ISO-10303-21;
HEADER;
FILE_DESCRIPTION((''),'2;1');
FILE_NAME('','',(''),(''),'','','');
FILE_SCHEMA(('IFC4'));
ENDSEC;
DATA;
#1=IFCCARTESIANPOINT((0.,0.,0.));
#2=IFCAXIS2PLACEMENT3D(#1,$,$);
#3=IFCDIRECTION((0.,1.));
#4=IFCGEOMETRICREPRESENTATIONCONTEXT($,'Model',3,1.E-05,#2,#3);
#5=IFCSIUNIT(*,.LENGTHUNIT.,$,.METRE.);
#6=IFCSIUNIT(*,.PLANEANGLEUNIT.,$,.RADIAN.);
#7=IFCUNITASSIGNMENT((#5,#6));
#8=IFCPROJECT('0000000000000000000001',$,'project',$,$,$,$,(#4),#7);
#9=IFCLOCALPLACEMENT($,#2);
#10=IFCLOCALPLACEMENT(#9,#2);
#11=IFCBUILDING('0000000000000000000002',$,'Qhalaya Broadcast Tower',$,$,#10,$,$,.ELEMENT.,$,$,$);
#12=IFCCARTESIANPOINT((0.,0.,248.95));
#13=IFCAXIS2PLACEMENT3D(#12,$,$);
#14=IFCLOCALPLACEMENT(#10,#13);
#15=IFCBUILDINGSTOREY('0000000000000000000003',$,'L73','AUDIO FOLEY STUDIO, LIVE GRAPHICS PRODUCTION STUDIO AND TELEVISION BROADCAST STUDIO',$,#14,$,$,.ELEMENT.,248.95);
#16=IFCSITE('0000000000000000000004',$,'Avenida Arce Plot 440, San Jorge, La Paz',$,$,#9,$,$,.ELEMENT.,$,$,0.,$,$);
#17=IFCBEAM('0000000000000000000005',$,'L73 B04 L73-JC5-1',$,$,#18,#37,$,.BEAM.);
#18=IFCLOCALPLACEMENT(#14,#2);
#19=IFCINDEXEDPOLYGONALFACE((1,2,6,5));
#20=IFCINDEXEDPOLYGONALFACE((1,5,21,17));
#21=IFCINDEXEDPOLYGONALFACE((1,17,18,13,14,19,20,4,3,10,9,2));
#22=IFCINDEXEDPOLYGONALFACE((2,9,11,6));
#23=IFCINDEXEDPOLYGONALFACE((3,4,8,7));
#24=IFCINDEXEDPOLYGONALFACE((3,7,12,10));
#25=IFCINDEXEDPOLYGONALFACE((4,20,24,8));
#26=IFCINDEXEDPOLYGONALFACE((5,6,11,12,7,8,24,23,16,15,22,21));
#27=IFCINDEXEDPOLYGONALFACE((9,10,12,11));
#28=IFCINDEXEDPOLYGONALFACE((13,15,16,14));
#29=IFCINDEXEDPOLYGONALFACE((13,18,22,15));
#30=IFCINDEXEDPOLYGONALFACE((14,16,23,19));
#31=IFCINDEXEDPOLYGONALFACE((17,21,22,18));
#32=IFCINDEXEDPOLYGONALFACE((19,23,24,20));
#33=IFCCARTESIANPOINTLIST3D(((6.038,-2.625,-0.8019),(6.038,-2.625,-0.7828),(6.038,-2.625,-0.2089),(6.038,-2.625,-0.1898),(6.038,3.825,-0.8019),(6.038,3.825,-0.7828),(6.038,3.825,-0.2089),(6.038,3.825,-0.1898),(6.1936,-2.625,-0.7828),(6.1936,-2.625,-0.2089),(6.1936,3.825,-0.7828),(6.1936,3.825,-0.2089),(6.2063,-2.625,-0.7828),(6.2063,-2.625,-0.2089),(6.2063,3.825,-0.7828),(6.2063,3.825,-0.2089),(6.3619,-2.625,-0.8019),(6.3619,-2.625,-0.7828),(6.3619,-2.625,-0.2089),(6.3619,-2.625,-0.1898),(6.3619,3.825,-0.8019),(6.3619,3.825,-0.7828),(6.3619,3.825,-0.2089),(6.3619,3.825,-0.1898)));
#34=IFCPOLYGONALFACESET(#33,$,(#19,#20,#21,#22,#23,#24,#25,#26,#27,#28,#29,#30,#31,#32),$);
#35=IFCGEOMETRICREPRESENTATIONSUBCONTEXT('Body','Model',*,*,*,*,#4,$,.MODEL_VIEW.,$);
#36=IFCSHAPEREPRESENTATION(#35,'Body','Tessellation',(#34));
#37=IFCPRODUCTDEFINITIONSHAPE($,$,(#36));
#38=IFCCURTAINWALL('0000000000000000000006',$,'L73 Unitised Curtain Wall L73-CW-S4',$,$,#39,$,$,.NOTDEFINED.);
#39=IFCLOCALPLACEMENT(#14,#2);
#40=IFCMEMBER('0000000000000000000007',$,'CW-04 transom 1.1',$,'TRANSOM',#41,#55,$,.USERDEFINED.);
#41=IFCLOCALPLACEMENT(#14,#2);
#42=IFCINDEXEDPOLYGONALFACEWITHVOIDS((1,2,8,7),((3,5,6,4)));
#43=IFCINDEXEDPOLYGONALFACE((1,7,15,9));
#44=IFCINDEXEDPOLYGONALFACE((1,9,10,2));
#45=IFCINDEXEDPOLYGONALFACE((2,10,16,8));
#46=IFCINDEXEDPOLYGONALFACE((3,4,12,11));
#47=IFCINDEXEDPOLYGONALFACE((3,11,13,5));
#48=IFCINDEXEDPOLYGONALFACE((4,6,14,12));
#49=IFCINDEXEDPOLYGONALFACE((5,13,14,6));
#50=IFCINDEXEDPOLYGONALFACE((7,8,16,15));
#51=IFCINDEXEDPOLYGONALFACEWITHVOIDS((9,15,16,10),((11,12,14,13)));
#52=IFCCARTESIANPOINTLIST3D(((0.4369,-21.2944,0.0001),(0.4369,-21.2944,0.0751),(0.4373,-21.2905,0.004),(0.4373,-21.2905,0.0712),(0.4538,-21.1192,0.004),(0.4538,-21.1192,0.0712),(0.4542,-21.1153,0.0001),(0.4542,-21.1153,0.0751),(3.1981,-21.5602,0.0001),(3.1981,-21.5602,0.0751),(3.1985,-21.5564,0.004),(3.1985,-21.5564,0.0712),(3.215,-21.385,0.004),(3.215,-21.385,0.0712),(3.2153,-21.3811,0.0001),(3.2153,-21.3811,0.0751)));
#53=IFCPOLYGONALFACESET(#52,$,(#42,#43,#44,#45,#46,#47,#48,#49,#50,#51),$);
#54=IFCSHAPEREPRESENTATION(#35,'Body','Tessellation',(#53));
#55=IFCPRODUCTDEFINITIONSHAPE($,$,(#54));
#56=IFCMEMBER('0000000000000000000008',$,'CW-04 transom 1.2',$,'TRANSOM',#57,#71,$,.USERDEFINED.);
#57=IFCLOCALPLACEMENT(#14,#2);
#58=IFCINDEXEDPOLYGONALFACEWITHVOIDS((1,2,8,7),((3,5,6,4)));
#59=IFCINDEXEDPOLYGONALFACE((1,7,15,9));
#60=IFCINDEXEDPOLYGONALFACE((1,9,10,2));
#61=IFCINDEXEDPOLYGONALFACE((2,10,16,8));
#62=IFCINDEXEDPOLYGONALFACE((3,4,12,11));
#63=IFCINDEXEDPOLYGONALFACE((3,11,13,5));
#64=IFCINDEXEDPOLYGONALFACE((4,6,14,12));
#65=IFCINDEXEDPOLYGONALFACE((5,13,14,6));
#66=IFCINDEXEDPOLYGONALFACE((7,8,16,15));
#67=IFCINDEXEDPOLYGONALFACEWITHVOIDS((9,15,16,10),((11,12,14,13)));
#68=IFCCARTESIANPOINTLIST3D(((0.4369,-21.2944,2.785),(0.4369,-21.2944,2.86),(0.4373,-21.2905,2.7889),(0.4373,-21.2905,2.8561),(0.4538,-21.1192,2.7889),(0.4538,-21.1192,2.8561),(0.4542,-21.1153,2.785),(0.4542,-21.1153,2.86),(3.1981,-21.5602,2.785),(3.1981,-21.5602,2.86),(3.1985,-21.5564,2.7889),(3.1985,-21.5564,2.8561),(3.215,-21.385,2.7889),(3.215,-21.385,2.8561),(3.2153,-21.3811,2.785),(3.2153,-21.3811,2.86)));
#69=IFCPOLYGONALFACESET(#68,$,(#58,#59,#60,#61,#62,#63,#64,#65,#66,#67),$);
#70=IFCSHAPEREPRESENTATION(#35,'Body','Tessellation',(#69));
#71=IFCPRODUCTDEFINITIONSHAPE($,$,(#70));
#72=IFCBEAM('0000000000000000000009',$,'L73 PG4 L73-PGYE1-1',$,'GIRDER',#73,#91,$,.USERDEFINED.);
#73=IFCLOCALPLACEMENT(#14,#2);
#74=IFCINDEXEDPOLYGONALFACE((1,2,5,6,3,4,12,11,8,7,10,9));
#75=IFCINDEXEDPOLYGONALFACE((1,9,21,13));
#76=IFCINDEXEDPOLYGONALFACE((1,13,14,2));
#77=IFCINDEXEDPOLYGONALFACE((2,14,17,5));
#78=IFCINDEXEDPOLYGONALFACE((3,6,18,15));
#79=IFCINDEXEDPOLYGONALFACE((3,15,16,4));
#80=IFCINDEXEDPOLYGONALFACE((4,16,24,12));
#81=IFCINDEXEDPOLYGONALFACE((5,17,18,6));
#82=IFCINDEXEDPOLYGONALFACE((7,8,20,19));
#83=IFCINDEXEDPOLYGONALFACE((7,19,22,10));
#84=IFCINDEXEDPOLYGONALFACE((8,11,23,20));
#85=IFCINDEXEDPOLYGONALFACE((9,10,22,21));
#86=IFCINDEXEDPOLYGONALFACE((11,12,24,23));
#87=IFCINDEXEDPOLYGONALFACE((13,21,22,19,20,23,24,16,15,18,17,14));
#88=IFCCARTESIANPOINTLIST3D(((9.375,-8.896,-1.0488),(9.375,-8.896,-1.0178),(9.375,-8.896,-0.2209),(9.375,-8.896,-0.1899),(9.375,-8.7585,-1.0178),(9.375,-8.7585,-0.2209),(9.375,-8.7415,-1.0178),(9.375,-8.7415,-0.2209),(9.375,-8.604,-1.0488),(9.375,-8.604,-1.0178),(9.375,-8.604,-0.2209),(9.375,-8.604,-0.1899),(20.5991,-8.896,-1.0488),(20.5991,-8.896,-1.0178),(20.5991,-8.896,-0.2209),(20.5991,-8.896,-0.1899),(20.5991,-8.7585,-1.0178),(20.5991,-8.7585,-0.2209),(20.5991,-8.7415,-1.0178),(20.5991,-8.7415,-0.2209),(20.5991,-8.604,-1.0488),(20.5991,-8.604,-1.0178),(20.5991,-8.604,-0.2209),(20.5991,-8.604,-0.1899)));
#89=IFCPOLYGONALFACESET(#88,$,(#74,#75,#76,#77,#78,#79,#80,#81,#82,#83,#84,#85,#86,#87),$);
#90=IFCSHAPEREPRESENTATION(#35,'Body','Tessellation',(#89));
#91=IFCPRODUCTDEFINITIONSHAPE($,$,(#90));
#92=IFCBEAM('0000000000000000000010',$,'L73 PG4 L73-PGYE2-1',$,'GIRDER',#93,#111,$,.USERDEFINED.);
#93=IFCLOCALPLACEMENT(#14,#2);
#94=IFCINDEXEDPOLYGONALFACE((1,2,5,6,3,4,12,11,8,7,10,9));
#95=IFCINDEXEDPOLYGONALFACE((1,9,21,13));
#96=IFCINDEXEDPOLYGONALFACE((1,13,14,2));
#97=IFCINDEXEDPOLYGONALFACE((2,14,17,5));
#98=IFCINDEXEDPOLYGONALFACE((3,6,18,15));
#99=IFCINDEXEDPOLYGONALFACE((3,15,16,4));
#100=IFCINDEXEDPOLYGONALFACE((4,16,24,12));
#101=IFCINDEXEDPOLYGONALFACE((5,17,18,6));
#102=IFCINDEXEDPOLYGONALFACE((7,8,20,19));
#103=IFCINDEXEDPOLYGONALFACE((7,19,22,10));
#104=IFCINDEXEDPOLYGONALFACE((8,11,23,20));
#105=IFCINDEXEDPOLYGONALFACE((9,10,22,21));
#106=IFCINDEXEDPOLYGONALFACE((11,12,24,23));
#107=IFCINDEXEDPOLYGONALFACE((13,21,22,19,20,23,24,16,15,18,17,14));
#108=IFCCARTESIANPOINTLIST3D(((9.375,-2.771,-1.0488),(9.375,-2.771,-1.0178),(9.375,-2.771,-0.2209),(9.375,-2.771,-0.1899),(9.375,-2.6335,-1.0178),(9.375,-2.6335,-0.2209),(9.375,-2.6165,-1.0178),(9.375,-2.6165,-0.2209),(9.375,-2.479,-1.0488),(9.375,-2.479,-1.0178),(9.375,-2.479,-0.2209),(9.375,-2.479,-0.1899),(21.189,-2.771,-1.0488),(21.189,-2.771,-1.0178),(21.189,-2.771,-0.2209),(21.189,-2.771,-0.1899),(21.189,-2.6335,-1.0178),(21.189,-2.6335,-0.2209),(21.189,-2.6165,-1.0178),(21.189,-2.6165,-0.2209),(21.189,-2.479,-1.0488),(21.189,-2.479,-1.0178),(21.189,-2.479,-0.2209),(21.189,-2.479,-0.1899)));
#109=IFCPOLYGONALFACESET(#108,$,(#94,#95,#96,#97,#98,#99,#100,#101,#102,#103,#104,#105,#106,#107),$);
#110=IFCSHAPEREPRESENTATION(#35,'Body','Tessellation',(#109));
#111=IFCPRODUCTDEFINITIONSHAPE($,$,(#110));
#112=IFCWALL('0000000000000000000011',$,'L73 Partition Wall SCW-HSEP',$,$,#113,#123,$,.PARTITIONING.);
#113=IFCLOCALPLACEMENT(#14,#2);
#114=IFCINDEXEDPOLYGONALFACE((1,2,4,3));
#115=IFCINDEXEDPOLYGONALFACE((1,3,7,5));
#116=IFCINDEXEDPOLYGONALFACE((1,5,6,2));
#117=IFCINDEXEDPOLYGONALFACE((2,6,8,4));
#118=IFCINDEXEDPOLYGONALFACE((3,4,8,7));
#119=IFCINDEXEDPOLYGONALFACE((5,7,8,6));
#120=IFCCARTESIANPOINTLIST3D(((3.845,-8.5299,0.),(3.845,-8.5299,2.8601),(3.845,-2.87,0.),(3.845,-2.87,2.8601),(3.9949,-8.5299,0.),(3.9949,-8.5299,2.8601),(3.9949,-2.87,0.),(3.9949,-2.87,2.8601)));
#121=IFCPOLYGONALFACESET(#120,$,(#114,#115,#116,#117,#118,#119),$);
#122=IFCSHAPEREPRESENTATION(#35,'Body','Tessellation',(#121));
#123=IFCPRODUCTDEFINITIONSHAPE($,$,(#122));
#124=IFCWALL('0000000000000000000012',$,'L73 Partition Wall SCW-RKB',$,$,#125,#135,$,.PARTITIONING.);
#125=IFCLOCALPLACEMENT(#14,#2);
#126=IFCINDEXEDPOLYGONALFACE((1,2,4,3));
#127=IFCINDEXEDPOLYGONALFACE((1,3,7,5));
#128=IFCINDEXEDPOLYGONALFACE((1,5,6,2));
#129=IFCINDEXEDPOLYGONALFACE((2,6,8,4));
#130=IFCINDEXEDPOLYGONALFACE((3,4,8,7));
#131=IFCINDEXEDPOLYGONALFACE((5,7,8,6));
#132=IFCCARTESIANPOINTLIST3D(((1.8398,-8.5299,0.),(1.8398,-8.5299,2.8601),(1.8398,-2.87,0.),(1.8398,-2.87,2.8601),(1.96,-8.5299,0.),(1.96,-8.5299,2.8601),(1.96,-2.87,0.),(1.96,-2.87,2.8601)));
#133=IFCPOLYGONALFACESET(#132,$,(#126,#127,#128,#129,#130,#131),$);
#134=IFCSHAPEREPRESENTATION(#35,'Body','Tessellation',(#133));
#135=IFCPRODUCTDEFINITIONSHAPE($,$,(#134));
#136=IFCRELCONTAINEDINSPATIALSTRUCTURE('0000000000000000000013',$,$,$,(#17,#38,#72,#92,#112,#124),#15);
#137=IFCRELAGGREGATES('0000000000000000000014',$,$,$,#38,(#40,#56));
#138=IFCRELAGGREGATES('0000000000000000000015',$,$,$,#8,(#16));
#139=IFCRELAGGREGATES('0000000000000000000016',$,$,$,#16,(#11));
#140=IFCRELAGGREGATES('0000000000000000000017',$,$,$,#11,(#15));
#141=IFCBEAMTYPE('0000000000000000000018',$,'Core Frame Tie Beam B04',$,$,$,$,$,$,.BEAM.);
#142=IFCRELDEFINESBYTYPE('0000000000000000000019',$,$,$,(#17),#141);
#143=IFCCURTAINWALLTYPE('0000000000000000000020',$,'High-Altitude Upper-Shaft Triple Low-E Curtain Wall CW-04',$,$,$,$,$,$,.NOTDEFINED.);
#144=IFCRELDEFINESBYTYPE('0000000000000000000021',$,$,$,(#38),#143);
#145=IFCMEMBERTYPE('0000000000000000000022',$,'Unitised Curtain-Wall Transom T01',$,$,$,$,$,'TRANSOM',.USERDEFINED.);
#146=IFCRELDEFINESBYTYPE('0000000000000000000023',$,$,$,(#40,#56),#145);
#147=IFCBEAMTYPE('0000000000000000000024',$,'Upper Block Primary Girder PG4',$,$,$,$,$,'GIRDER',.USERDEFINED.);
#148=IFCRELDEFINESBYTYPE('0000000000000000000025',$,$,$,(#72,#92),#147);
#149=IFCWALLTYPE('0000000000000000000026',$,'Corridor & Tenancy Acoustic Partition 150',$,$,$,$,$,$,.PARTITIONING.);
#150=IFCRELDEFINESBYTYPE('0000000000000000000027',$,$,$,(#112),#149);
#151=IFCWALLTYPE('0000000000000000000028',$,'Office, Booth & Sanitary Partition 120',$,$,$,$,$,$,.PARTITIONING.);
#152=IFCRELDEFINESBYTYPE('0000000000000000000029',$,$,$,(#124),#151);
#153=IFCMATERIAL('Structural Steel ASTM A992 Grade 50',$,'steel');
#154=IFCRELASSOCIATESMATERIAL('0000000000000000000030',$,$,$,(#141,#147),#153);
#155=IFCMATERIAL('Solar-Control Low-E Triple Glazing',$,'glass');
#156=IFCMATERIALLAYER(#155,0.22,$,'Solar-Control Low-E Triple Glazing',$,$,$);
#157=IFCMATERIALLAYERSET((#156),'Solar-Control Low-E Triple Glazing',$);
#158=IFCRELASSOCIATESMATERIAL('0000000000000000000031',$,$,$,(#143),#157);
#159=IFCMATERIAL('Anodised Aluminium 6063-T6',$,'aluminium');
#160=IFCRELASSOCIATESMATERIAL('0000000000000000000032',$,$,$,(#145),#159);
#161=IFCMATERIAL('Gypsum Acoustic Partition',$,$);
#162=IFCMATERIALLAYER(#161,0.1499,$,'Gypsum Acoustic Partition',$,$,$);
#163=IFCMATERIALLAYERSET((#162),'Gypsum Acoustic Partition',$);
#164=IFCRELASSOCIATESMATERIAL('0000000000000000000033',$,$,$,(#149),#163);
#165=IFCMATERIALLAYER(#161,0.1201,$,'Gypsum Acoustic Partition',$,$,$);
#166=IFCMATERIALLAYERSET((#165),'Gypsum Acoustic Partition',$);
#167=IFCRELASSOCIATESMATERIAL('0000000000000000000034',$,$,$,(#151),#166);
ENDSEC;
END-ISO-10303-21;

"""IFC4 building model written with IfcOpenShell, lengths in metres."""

from ifc_helpers import new_model, si_unit, direction, frame, frame_2d, origin, origin_2d, place, context, subcontext, project, spatial, rectangle, hollow_rectangle, i_section, extrude, material, layer, layer_set, material_profile, profile_set, type_object, element, aggregate, save


model = new_model("IFC4")

# Units and contexts
model_context = context("Model", 3, precision=1e-05, world=origin(), true_north=direction((0.0, 1.0)))
body_context = subcontext(model_context, "Body", "Model", "MODEL_VIEW")
ifc_project = project(units=[si_unit("LENGTHUNIT", "METRE"), si_unit("PLANEANGLEUNIT", "RADIAN")], contexts=[model_context])

# Site, building, storey
site_placement = place(None, origin())
site = spatial("IfcSite", under=ifc_project, at=site_placement, Name="Avenida Arce Plot 440, San Jorge, La Paz", CompositionType="ELEMENT", RefElevation=0.0)
building_placement = place(site_placement, origin())
building = spatial("IfcBuilding", under=site, at=building_placement, Name="Qhalaya Broadcast Tower", CompositionType="ELEMENT")
storey_placement = place(building_placement, frame((0.0, 0.0, 248.95)))
storey = spatial("IfcBuildingStorey", under=building, at=storey_placement, Name="L73", Description="AUDIO FOLEY STUDIO, LIVE GRAPHICS PRODUCTION STUDIO AND TELEVISION BROADCAST STUDIO", CompositionType="ELEMENT", Elevation=248.95)

# Beam
ifc_material_1 = material(Name="Structural Steel ASTM A992 Grade 50", Category="steel")
ifc_material_profile_1 = material_profile(ifc_material_1, i_section(OverallWidth=0.324, OverallDepth=0.6121, WebThickness=0.0127, FlangeThickness=0.019, at=origin_2d()), Name="W24X104")
ifc_profile_set_1 = profile_set([ifc_material_profile_1], Name="Structural Steel ASTM A992 Grade 50")
beam_type_1 = type_object("IfcBeamType", Name="Core Frame Tie Beam B04", PredefinedType="BEAM", material=ifc_profile_set_1)
for number, where, z_axis, x_axis, name in (
    (1, (6.2, -2.625, -0.4958), (0.0, 1.0, 0.0), (-1.0, 0.0, 0.0), "L73 B04 L73-JC5-1"),
):
    element("IfcBeam", number, at=place(storey_placement, frame(where, z_axis=z_axis, x_axis=x_axis)), inside=storey, type_object=beam_type_1, Name=name, PredefinedType="BEAM", context=body_context, shape_type="SweptSolid", body=[
        extrude(i_section(OverallWidth=0.324, OverallDepth=0.6121, WebThickness=0.0127, FlangeThickness=0.019, at=origin_2d()), origin(), (0.0, 0.0, 1.0), 6.45),
    ])

# Curtain wall, members
ifc_material_2 = material(Name="Solar-Control Low-E Triple Glazing", Category="glass")
ifc_layer_1 = layer(ifc_material_2, 0.22, Name="Solar-Control Low-E Triple Glazing")
ifc_layer_set_1 = layer_set([ifc_layer_1], Name="Solar-Control Low-E Triple Glazing")
curtain_wall_type = type_object("IfcCurtainWallType", Name="High-Altitude Upper-Shaft Triple Low-E Curtain Wall CW-04", PredefinedType="NOTDEFINED", material=ifc_layer_set_1)
curtain_wall_placement = place(storey_placement, origin())
curtain_wall = element("IfcCurtainWall", 2, at=curtain_wall_placement, inside=storey, type_object=curtain_wall_type, Name="L73 Unitised Curtain Wall L73-CW-S4", PredefinedType="NOTDEFINED")
ifc_material_3 = material(Name="Anodised Aluminium 6063-T6", Category="aluminium")
ifc_material_profile_2 = material_profile(ifc_material_3, hollow_rectangle(XDim=0.075, YDim=0.1799, WallThickness=0.0039, at=origin_2d()), Name="ALU-TRN 75x180x4")
ifc_profile_set_2 = profile_set([ifc_material_profile_2], Name="Anodised Aluminium 6063-T6")
member_type = type_object("IfcMemberType", Name="Unitised Curtain-Wall Transom T01", ElementType="TRANSOM", PredefinedType="USERDEFINED", material=ifc_profile_set_2)
member_1_placement = place(storey_placement, frame((0.4456, -21.2048, 0.0376), z_axis=(0.995396, -0.095843, 0.0), x_axis=(0.0, 0.0, 1.0)))
member_1 = element("IfcMember", 3, at=member_1_placement, type_object=member_type, Name="CW-04 transom 1.1", ObjectType="TRANSOM", PredefinedType="USERDEFINED", context=body_context, shape_type="SweptSolid", body=[
    extrude(hollow_rectangle(XDim=0.075, YDim=0.1799, WallThickness=0.0039, at=origin_2d()), origin(), (0.0, 0.0, 1.0), 2.7739),
])
member_2_placement = place(storey_placement, frame((0.4456, -21.2048, 2.8225), z_axis=(0.995396, -0.095843, 0.0), x_axis=(0.0, 0.0, 1.0)))
member_2 = element("IfcMember", 4, at=member_2_placement, type_object=member_type, Name="CW-04 transom 1.2", ObjectType="TRANSOM", PredefinedType="USERDEFINED", context=body_context, shape_type="SweptSolid", body=[
    extrude(hollow_rectangle(XDim=0.075, YDim=0.1799, WallThickness=0.0039, at=origin_2d()), origin(), (0.0, 0.0, 1.0), 2.7739),
])
aggregate(curtain_wall, [member_1, member_2])

# Beams
ifc_material_profile_3 = material_profile(ifc_material_1, i_section(OverallWidth=0.292, OverallDepth=0.8589, WebThickness=0.0171, FlangeThickness=0.031, at=origin_2d()), Name="W33X169")
ifc_profile_set_3 = profile_set([ifc_material_profile_3], Name="Structural Steel ASTM A992 Grade 50")
beam_type_2 = type_object("IfcBeamType", Name="Upper Block Primary Girder PG4", ElementType="GIRDER", PredefinedType="USERDEFINED", material=ifc_profile_set_3)
beam_1_placement = place(storey_placement, frame((9.375, -8.75, -0.6194), z_axis=(1.0, 0.0, 0.0), x_axis=(0.0, 1.0, 0.0)))
element("IfcBeam", 5, at=beam_1_placement, inside=storey, type_object=beam_type_2, Name="L73 PG4 L73-PGYE1-1", ObjectType="GIRDER", PredefinedType="USERDEFINED", context=body_context, shape_type="SweptSolid", body=[
    extrude(i_section(OverallWidth=0.292, OverallDepth=0.8589, WebThickness=0.0171, FlangeThickness=0.031, at=origin_2d()), origin(), (0.0, 0.0, 1.0), 11.2241),
])
beam_2_placement = place(storey_placement, frame((9.375, -2.625, -0.6194), z_axis=(1.0, 0.0, 0.0), x_axis=(0.0, 1.0, 0.0)))
element("IfcBeam", 6, at=beam_2_placement, inside=storey, type_object=beam_type_2, Name="L73 PG4 L73-PGYE2-1", ObjectType="GIRDER", PredefinedType="USERDEFINED", context=body_context, shape_type="SweptSolid", body=[
    extrude(i_section(OverallWidth=0.292, OverallDepth=0.8589, WebThickness=0.0171, FlangeThickness=0.031, at=origin_2d()), origin(), (0.0, 0.0, 1.0), 11.814),
])

# Walls
ifc_material_4 = material(Name="Gypsum Acoustic Partition")
ifc_layer_2 = layer(ifc_material_4, 0.1499, Name="Gypsum Acoustic Partition")
ifc_layer_set_2 = layer_set([ifc_layer_2], Name="Gypsum Acoustic Partition")
wall_type_1 = type_object("IfcWallType", Name="Corridor & Tenancy Acoustic Partition 150", PredefinedType="PARTITIONING", material=ifc_layer_set_2)
wall_1_placement = place(storey_placement, frame((3.9199, -8.53, 0.0), z_axis=(0.0, 0.0, 1.0), x_axis=(0.0, 1.0, 0.0)))
element("IfcWall", 7, at=wall_1_placement, inside=storey, type_object=wall_type_1, Name="L73 Partition Wall SCW-HSEP", PredefinedType="PARTITIONING", context=body_context, shape_type="SweptSolid", body=[
    extrude(rectangle(XDim=5.6599, YDim=0.1499, at=frame_2d((2.8301, 0.0))), origin(), (0.0, 0.0, 1.0), 2.8601),
])
ifc_layer_3 = layer(ifc_material_4, 0.1201, Name="Gypsum Acoustic Partition")
ifc_layer_set_3 = layer_set([ifc_layer_3], Name="Gypsum Acoustic Partition")
wall_type_2 = type_object("IfcWallType", Name="Office, Booth & Sanitary Partition 120", PredefinedType="PARTITIONING", material=ifc_layer_set_3)
wall_2_placement = place(storey_placement, frame((1.8999, -8.53, 0.0), z_axis=(0.0, 0.0, 1.0), x_axis=(0.0, 1.0, 0.0)))
element("IfcWall", 8, at=wall_2_placement, inside=storey, type_object=wall_type_2, Name="L73 Partition Wall SCW-RKB", PredefinedType="PARTITIONING", context=body_context, shape_type="SweptSolid", body=[
    extrude(rectangle(XDim=5.6599, YDim=0.1201, at=frame_2d((2.8301, 0.0))), origin(), (0.0, 0.0, 1.0), 2.8601),
])

save(model, "model.ifc")
